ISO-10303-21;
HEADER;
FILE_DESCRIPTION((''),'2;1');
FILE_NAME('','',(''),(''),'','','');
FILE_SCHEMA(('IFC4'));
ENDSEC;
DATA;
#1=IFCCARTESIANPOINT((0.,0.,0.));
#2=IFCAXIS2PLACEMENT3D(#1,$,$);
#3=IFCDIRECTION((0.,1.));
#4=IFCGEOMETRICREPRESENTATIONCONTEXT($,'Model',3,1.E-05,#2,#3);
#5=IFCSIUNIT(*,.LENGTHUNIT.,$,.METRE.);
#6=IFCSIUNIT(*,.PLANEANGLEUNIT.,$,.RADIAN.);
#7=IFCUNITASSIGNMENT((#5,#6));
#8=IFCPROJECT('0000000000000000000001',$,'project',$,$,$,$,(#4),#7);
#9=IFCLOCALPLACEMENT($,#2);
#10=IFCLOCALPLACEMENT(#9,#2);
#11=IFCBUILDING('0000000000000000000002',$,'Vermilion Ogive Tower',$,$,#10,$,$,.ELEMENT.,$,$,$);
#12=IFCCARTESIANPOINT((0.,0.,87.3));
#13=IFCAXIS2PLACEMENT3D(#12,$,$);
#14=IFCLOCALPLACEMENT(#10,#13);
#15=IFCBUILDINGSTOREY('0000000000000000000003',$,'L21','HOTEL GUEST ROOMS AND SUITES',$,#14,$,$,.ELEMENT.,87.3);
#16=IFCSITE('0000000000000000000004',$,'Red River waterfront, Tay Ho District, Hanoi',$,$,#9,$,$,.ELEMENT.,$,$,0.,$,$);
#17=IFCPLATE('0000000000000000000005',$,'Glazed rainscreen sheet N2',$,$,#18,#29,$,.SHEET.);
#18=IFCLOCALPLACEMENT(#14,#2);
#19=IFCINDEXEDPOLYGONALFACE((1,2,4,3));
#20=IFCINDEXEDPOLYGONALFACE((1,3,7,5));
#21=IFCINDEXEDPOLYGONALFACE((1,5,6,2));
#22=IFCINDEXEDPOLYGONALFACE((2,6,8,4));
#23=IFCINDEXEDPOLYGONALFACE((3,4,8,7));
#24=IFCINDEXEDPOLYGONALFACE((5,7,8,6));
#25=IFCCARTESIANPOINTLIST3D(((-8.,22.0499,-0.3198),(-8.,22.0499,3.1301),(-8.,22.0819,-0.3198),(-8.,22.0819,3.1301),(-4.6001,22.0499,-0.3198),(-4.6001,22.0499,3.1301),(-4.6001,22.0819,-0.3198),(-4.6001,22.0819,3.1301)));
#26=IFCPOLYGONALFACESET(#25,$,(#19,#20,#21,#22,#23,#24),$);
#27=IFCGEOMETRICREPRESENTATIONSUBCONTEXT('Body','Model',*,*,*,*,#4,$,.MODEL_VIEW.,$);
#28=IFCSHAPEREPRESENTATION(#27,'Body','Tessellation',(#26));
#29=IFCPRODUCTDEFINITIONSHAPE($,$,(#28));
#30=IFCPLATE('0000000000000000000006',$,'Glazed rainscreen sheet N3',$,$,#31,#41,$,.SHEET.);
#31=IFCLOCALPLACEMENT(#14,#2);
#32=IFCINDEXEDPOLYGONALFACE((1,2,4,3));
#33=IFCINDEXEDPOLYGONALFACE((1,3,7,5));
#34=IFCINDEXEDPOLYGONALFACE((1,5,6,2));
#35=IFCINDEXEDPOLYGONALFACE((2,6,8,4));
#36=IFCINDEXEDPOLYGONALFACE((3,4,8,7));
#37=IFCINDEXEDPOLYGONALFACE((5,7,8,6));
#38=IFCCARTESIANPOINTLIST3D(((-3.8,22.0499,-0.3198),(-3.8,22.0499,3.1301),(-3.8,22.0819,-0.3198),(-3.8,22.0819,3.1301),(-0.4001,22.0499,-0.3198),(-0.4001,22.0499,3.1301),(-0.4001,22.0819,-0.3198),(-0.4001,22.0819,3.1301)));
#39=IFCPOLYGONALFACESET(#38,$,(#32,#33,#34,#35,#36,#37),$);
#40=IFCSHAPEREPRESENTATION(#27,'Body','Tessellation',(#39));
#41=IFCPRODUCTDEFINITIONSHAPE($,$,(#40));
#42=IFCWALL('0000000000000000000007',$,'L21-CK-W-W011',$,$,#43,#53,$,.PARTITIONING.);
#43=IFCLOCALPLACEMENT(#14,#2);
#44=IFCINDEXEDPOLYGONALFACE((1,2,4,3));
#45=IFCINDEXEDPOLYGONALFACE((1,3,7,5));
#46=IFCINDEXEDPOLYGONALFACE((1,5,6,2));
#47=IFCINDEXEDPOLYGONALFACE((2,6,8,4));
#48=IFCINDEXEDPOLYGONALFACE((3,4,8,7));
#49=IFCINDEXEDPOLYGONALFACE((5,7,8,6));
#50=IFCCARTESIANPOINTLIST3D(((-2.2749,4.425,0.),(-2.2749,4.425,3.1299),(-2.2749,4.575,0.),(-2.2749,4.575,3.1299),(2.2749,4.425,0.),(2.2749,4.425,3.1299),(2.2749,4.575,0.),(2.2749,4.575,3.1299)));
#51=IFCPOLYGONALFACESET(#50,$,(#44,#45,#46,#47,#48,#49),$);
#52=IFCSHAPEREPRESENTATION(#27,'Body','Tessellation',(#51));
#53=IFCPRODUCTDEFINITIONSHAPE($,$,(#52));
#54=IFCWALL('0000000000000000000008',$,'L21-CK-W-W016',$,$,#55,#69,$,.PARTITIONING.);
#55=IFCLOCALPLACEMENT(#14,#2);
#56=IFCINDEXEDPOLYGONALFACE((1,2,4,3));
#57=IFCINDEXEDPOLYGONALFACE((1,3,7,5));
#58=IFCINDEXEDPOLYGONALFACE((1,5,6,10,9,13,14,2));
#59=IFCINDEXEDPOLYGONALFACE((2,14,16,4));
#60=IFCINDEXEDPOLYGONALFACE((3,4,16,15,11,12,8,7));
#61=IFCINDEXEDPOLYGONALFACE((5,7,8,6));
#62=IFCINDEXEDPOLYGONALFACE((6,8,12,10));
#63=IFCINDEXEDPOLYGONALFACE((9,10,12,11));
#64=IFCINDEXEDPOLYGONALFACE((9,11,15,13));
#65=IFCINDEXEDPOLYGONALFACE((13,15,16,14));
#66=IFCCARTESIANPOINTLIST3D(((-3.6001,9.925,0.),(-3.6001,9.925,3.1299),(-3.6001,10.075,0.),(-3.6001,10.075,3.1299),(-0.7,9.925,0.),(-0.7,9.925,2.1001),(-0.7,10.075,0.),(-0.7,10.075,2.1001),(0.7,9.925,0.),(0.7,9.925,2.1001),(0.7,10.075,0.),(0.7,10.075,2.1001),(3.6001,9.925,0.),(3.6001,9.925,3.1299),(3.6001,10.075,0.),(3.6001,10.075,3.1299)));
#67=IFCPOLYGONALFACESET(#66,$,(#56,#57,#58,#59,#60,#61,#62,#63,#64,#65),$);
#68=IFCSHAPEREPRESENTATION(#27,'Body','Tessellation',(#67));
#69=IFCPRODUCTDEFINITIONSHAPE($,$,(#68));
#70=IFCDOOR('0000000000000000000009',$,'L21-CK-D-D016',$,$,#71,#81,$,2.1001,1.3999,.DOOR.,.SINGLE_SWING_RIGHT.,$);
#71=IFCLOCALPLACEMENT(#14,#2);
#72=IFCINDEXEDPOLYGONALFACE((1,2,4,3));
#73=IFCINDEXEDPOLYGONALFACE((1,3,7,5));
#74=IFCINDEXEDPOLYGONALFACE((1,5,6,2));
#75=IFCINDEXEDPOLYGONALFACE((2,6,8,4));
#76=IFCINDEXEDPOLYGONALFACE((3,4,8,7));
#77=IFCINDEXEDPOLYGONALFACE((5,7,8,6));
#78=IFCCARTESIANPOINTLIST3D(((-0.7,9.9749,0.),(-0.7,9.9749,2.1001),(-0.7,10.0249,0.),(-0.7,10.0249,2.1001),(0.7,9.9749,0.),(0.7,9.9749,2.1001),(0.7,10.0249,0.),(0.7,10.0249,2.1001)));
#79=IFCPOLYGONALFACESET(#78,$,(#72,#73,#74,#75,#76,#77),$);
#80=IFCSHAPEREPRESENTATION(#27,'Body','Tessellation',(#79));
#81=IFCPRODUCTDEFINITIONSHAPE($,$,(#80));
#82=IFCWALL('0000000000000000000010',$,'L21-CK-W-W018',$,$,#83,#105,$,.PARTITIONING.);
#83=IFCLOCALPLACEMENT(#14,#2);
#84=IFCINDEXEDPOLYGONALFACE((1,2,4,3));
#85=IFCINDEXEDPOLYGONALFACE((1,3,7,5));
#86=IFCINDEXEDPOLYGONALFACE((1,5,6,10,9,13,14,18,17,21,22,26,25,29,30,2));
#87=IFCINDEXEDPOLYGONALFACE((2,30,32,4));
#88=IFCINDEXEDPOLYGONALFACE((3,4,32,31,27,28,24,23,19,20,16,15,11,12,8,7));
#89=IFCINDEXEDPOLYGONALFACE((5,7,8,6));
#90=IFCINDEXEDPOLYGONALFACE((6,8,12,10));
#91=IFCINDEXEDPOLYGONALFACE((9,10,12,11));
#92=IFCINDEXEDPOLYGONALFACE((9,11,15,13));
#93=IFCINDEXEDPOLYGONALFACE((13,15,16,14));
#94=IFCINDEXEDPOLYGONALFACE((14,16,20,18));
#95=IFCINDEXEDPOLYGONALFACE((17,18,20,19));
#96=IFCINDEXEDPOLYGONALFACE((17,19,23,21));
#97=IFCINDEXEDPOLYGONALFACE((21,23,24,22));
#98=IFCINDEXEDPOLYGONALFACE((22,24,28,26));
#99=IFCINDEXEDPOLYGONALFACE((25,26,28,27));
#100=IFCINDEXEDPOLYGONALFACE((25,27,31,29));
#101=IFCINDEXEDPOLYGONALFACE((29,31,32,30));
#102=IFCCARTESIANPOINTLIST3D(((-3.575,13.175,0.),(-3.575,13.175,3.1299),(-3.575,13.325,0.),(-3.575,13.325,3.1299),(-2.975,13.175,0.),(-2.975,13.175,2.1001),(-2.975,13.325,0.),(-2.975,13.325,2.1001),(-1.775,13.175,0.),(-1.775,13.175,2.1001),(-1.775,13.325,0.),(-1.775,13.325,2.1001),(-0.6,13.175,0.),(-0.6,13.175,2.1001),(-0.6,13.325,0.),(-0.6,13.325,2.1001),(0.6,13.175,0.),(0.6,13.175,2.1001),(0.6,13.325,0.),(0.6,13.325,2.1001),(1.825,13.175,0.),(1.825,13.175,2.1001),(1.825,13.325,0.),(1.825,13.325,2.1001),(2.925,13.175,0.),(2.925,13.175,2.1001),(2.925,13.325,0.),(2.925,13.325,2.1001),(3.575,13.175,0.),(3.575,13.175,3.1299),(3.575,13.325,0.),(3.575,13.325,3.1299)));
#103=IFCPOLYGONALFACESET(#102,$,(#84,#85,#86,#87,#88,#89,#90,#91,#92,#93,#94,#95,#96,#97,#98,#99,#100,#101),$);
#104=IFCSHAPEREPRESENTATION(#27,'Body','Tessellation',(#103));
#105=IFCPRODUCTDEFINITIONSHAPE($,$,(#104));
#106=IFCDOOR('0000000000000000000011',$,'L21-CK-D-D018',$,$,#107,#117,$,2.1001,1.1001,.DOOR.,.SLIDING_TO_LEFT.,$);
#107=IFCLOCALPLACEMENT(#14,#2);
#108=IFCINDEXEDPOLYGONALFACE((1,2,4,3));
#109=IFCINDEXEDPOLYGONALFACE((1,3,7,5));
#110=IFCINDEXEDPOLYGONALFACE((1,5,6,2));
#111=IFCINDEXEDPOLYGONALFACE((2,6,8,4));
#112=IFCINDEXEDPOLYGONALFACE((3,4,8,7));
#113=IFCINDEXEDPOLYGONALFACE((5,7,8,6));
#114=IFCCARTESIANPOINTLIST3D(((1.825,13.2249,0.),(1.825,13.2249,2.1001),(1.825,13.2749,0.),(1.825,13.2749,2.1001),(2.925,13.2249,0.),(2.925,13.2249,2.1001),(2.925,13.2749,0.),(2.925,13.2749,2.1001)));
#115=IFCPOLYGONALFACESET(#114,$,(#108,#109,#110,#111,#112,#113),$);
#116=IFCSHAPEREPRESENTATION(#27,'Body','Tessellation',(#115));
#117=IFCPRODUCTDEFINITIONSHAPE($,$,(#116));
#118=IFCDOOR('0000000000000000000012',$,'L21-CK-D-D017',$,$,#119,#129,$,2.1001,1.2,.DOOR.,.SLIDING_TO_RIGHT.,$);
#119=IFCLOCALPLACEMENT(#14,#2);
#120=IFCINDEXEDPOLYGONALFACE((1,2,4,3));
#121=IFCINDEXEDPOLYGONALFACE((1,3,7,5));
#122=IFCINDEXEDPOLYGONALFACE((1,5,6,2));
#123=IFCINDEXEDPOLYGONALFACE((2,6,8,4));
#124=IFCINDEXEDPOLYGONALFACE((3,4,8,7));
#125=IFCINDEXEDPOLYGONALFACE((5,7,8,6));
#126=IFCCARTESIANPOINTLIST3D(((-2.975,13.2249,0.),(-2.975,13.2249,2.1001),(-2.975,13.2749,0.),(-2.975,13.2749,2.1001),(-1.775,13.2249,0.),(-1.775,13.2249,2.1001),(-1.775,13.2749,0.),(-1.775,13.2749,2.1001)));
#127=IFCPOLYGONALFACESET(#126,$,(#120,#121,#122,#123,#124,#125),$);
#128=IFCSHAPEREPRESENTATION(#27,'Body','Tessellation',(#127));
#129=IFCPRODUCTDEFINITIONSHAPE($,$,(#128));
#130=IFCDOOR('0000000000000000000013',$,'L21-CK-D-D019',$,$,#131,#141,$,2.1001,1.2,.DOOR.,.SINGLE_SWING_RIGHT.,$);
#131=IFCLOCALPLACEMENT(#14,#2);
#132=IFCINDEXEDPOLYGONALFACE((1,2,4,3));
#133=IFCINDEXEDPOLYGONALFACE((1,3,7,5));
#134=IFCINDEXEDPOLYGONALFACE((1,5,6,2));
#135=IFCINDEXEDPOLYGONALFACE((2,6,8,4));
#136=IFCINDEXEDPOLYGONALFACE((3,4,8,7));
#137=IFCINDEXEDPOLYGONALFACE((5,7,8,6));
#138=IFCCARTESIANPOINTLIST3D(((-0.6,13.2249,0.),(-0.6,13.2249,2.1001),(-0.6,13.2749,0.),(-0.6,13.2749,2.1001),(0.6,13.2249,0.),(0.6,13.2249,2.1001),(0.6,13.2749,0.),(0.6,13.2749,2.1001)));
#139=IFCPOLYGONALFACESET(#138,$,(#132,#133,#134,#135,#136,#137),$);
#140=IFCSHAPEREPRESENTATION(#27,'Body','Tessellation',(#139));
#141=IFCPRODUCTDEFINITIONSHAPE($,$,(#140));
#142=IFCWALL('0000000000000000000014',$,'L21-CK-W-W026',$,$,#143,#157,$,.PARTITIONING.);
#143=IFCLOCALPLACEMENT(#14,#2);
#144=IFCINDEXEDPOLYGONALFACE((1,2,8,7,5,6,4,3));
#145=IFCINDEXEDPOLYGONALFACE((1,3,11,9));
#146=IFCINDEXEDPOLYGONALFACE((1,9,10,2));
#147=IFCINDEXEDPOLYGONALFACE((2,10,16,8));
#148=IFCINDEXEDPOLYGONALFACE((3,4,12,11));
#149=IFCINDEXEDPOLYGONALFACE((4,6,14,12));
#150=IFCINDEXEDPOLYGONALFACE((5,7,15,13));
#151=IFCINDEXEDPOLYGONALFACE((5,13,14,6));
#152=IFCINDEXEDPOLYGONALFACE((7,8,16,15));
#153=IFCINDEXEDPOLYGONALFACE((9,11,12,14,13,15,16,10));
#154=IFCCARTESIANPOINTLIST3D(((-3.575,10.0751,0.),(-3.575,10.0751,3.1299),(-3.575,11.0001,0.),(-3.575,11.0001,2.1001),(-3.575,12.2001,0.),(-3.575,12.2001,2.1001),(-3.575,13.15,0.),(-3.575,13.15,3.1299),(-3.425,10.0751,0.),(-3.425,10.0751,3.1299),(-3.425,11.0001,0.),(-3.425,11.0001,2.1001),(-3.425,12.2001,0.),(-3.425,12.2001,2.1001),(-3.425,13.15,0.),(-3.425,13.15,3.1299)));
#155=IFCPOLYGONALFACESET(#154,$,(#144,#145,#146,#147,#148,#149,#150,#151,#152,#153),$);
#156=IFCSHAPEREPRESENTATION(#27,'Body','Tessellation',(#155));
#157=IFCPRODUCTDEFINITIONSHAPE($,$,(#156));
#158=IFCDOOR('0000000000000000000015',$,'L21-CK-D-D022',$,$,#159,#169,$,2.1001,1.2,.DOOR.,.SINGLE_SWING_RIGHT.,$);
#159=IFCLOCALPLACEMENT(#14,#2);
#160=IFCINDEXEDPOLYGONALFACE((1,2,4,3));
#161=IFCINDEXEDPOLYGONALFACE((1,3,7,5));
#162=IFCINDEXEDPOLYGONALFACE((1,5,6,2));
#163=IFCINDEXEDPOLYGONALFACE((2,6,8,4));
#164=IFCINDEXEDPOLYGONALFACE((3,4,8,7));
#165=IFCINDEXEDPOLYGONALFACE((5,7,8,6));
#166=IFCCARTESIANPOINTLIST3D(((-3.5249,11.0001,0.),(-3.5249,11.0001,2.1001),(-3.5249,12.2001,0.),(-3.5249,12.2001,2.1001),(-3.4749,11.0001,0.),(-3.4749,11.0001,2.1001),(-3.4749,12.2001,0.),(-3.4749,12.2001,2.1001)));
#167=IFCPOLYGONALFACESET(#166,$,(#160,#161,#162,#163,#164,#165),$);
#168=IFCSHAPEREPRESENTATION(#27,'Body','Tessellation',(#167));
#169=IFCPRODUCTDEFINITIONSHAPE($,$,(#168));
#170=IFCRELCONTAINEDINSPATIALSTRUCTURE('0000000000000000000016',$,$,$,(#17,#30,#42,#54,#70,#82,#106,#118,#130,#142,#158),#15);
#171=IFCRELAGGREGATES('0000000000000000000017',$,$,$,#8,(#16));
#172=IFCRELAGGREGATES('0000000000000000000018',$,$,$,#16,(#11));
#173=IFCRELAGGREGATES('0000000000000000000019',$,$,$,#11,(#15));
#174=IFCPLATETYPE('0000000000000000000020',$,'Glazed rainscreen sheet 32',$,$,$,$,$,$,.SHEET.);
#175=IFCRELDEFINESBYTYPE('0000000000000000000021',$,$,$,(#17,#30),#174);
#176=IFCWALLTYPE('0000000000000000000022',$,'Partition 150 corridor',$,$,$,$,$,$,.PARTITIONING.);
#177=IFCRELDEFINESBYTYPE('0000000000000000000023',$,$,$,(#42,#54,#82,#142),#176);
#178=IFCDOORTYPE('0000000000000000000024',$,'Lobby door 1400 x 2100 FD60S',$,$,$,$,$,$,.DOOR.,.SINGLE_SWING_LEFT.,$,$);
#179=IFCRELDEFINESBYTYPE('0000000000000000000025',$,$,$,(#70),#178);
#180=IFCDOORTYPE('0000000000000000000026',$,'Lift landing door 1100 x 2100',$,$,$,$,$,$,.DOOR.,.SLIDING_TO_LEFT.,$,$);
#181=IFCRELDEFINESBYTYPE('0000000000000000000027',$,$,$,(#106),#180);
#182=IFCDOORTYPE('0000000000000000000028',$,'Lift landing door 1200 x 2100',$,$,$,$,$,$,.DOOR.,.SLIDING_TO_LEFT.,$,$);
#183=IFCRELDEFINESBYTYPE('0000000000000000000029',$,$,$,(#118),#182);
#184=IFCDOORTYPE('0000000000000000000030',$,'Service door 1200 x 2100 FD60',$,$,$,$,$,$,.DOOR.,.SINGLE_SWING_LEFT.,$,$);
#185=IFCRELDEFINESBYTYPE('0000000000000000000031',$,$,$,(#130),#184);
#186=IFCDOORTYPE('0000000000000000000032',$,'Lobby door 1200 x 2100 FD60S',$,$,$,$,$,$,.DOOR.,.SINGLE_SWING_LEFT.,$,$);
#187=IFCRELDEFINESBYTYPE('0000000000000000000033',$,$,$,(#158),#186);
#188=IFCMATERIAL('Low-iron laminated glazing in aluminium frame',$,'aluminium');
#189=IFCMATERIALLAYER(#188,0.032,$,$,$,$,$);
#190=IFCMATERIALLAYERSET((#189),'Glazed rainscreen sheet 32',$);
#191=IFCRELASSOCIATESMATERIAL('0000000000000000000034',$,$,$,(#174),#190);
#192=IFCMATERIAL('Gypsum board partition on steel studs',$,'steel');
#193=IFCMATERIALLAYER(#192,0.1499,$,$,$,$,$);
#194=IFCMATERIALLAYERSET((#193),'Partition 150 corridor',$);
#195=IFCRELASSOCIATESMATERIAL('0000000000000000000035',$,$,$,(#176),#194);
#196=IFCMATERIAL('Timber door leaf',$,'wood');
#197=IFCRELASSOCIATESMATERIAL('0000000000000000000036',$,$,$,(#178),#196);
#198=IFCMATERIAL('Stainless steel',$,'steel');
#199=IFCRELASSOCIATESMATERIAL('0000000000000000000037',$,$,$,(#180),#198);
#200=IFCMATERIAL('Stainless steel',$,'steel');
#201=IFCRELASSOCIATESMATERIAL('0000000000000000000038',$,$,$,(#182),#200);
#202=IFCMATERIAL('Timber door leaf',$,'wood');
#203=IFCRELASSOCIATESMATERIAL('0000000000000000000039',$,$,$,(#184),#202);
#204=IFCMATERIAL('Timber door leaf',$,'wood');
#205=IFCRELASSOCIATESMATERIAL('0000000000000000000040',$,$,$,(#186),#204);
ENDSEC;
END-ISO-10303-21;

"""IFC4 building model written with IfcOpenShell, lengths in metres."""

from ifc_helpers import new_model, si_unit, direction, frame, frame_2d, origin, origin_2d, place, context, subcontext, project, spatial, rectangle, extrude, material, layer, layer_set, type_object, element, fill, save


model = new_model("IFC4")

# Units and contexts
model_context = context("Model", 3, precision=1e-05, world=origin(), true_north=direction((0.0, 1.0)))
body_context = subcontext(model_context, "Body", "Model", "MODEL_VIEW")
ifc_project = project(units=[si_unit("LENGTHUNIT", "METRE"), si_unit("PLANEANGLEUNIT", "RADIAN")], contexts=[model_context])

# Site, building, storey
site_placement = place(None, origin())
site = spatial("IfcSite", under=ifc_project, at=site_placement, Name="Red River waterfront, Tay Ho District, Hanoi", CompositionType="ELEMENT", RefElevation=0.0)
building_placement = place(site_placement, origin())
building = spatial("IfcBuilding", under=site, at=building_placement, Name="Vermilion Ogive Tower", CompositionType="ELEMENT")
storey_placement = place(building_placement, frame((0.0, 0.0, 87.3)))
storey = spatial("IfcBuildingStorey", under=building, at=storey_placement, Name="L21", Description="HOTEL GUEST ROOMS AND SUITES", CompositionType="ELEMENT", Elevation=87.3)

# Plates
ifc_material_1 = material(Name="Low-iron laminated glazing in aluminium frame", Category="aluminium")
ifc_layer_1 = layer(ifc_material_1, 0.032)
ifc_layer_set_1 = layer_set([ifc_layer_1], Name="Glazed rainscreen sheet 32")
plate_type = type_object("IfcPlateType", Name="Glazed rainscreen sheet 32", PredefinedType="SHEET", material=ifc_layer_set_1)
for number, where, z_axis, x_axis, name in (
    (1, (-6.3, 22.0659, -0.3198), (0.0, 0.0, 1.0), (1.0, 0.0, 0.0), "Glazed rainscreen sheet N2"),
    (2, (-2.1001, 22.0659, -0.3198), (0.0, 0.0, 1.0), (1.0, 0.0, 0.0), "Glazed rainscreen sheet N3"),
):
    element("IfcPlate", number, at=place(storey_placement, frame(where, z_axis=z_axis, x_axis=x_axis)), inside=storey, type_object=plate_type, Name=name, PredefinedType="SHEET", context=body_context, shape_type="SweptSolid", body=[
        extrude(rectangle(XDim=3.3999, YDim=0.032, at=origin_2d()), origin(), (0.0, 0.0, 1.0), 3.45),
    ])

# Wall
ifc_material_2 = material(Name="Gypsum board partition on steel studs", Category="steel")
ifc_layer_2 = layer(ifc_material_2, 0.1499)
ifc_layer_set_2 = layer_set([ifc_layer_2], Name="Partition 150 corridor")
wall_type_1 = type_object("IfcWallType", Name="Partition 150 corridor", PredefinedType="PARTITIONING", material=ifc_layer_set_2)
wall_1_placement = place(storey_placement, frame((-2.2749, 4.5, 0.0), z_axis=(0.0, 0.0, 1.0), x_axis=(1.0, 0.0, 0.0)))
element("IfcWall", 3, at=wall_1_placement, inside=storey, type_object=wall_type_1, Name="L21-CK-W-W011", PredefinedType="PARTITIONING", context=body_context, shape_type="SweptSolid", body=[
    extrude(rectangle(XDim=4.5498, YDim=0.1499, at=frame_2d((2.2749, 0.0))), origin(), (0.0, 0.0, 1.0), 3.1299),
])

# Wall, opening, door
wall_2_placement = place(storey_placement, frame((-3.6001, 10.0, 0.0), z_axis=(0.0, 0.0, 1.0), x_axis=(1.0, 0.0, 0.0)))
wall_2 = element("IfcWall", 4, at=wall_2_placement, inside=storey, type_object=wall_type_1, Name="L21-CK-W-W016", PredefinedType="PARTITIONING", context=body_context, shape_type="SweptSolid", body=[
    extrude(rectangle(XDim=7.2002, YDim=0.1499, at=frame_2d((3.6001, 0.0))), origin(), (0.0, 0.0, 1.0), 3.1299),
])
opening_1_placement = place(wall_2_placement, frame((2.9001, 0.0, 0.0)))
opening_1 = element("IfcOpeningElement", 5, at=opening_1_placement, cuts=wall_2, PredefinedType="OPENING", context=body_context, shape_type="SweptSolid", body=[
    extrude(rectangle(XDim=1.3999, YDim=2.1001, at=frame_2d((0.7, 1.05))), frame((0.0, 0.085, 0.0), z_axis=(0.0, -1.0, 0.0), x_axis=(1.0, 0.0, 0.0)), (0.0, 0.0, 1.0), 0.1699),
])
ifc_material_3 = material(Name="Timber door leaf", Category="wood")
door_type_1 = type_object("IfcDoorType", Name="Lobby door 1400 x 2100 FD60S", OperationType="SINGLE_SWING_LEFT", PredefinedType="DOOR", material=ifc_material_3)
door_1_placement = place(opening_1_placement, origin())
door_1 = element("IfcDoor", 6, at=door_1_placement, inside=storey, type_object=door_type_1, Name="L21-CK-D-D016", OperationType="SINGLE_SWING_RIGHT", OverallHeight=2.1001, OverallWidth=1.3999, PredefinedType="DOOR", context=body_context, shape_type="SweptSolid", body=[
    extrude(rectangle(XDim=1.3999, YDim=2.1001, at=frame_2d((0.7, 1.05))), frame((0.0, 0.0249, 0.0), z_axis=(0.0, -1.0, 0.0), x_axis=(1.0, 0.0, 0.0)), (0.0, 0.0, 1.0), 0.05),
])
fill(opening_1, door_1)

# Wall, openings, doors
wall_3_placement = place(storey_placement, frame((-3.575, 13.25, 0.0), z_axis=(0.0, 0.0, 1.0), x_axis=(1.0, 0.0, 0.0)))
wall_3 = element("IfcWall", 7, at=wall_3_placement, inside=storey, type_object=wall_type_1, Name="L21-CK-W-W018", PredefinedType="PARTITIONING", context=body_context, shape_type="SweptSolid", body=[
    extrude(rectangle(XDim=7.1499, YDim=0.1499, at=frame_2d((3.575, 0.0))), origin(), (0.0, 0.0, 1.0), 3.1299),
])
opening_2_placement = place(wall_3_placement, frame((0.5999, 0.0, 0.0)))
opening_2 = element("IfcOpeningElement", 8, at=opening_2_placement, cuts=wall_3, PredefinedType="OPENING", context=body_context, shape_type="SweptSolid", body=[
    extrude(rectangle(XDim=1.2, YDim=2.1001, at=frame_2d((0.6001, 1.05))), frame((0.0, 0.085, 0.0), z_axis=(0.0, -1.0, 0.0), x_axis=(1.0, 0.0, 0.0)), (0.0, 0.0, 1.0), 0.1699),
])
opening_3_placement = place(wall_3_placement, frame((5.3999, 0.0, 0.0)))
opening_3 = element("IfcOpeningElement", 9, at=opening_3_placement, cuts=wall_3, PredefinedType="OPENING", context=body_context, shape_type="SweptSolid", body=[
    extrude(rectangle(XDim=1.1001, YDim=2.1001, at=frame_2d((0.55, 1.05))), frame((0.0, 0.085, 0.0), z_axis=(0.0, -1.0, 0.0), x_axis=(1.0, 0.0, 0.0)), (0.0, 0.0, 1.0), 0.1699),
])
opening_4_placement = place(wall_3_placement, frame((2.9749, 0.0, 0.0)))
opening_4 = element("IfcOpeningElement", 10, at=opening_4_placement, cuts=wall_3, PredefinedType="OPENING", context=body_context, shape_type="SweptSolid", body=[
    extrude(rectangle(XDim=1.2, YDim=2.1001, at=frame_2d((0.6001, 1.05))), frame((0.0, 0.085, 0.0), z_axis=(0.0, -1.0, 0.0), x_axis=(1.0, 0.0, 0.0)), (0.0, 0.0, 1.0), 0.1699),
])
ifc_material_4 = material(Name="Stainless steel", Category="steel")
door_type_2 = type_object("IfcDoorType", Name="Lift landing door 1100 x 2100", OperationType="SLIDING_TO_LEFT", PredefinedType="DOOR", material=ifc_material_4)
door_2_placement = place(opening_3_placement, origin())
door_2 = element("IfcDoor", 11, at=door_2_placement, inside=storey, type_object=door_type_2, Name="L21-CK-D-D018", OperationType="SLIDING_TO_LEFT", OverallHeight=2.1001, OverallWidth=1.1001, PredefinedType="DOOR", context=body_context, shape_type="SweptSolid", body=[
    extrude(rectangle(XDim=1.1001, YDim=2.1001, at=frame_2d((0.55, 1.05))), frame((0.0, 0.0249, 0.0), z_axis=(0.0, -1.0, 0.0), x_axis=(1.0, 0.0, 0.0)), (0.0, 0.0, 1.0), 0.05),
])
fill(opening_3, door_2)
ifc_material_5 = material(Name="Stainless steel", Category="steel")
door_type_3 = type_object("IfcDoorType", Name="Lift landing door 1200 x 2100", OperationType="SLIDING_TO_LEFT", PredefinedType="DOOR", material=ifc_material_5)
door_3_placement = place(opening_2_placement, origin())
door_3 = element("IfcDoor", 12, at=door_3_placement, inside=storey, type_object=door_type_3, Name="L21-CK-D-D017", OperationType="SLIDING_TO_RIGHT", OverallHeight=2.1001, OverallWidth=1.2, PredefinedType="DOOR", context=body_context, shape_type="SweptSolid", body=[
    extrude(rectangle(XDim=1.2, YDim=2.1001, at=frame_2d((0.6001, 1.05))), frame((0.0, 0.0249, 0.0), z_axis=(0.0, -1.0, 0.0), x_axis=(1.0, 0.0, 0.0)), (0.0, 0.0, 1.0), 0.05),
])
fill(opening_2, door_3)
ifc_material_6 = material(Name="Timber door leaf", Category="wood")
door_type_4 = type_object("IfcDoorType", Name="Service door 1200 x 2100 FD60", OperationType="SINGLE_SWING_LEFT", PredefinedType="DOOR", material=ifc_material_6)
door_4_placement = place(opening_4_placement, origin())
door_4 = element("IfcDoor", 13, at=door_4_placement, inside=storey, type_object=door_type_4, Name="L21-CK-D-D019", OperationType="SINGLE_SWING_RIGHT", OverallHeight=2.1001, OverallWidth=1.2, PredefinedType="DOOR", context=body_context, shape_type="SweptSolid", body=[
    extrude(rectangle(XDim=1.2, YDim=2.1001, at=frame_2d((0.6001, 1.05))), frame((0.0, 0.0249, 0.0), z_axis=(0.0, -1.0, 0.0), x_axis=(1.0, 0.0, 0.0)), (0.0, 0.0, 1.0), 0.05),
])
fill(opening_4, door_4)

# Wall, opening, door
wall_4_placement = place(storey_placement, frame((-3.5, 10.075, 0.0), z_axis=(0.0, 0.0, 1.0), x_axis=(0.0, 1.0, 0.0)))
wall_4 = element("IfcWall", 14, at=wall_4_placement, inside=storey, type_object=wall_type_1, Name="L21-CK-W-W026", PredefinedType="PARTITIONING", context=body_context, shape_type="SweptSolid", body=[
    extrude(rectangle(XDim=3.075, YDim=0.1499, at=frame_2d((1.5376, 0.0))), origin(), (0.0, 0.0, 1.0), 3.1299),
])
opening_5_placement = place(wall_4_placement, frame((0.925, 0.0, 0.0)))
opening_5 = element("IfcOpeningElement", 15, at=opening_5_placement, cuts=wall_4, PredefinedType="OPENING", context=body_context, shape_type="SweptSolid", body=[
    extrude(rectangle(XDim=1.2, YDim=2.1001, at=frame_2d((0.6001, 1.05))), frame((0.0, 0.085, 0.0), z_axis=(0.0, -1.0, 0.0), x_axis=(1.0, 0.0, 0.0)), (0.0, 0.0, 1.0), 0.1699),
])
ifc_material_7 = material(Name="Timber door leaf", Category="wood")
door_type_5 = type_object("IfcDoorType", Name="Lobby door 1200 x 2100 FD60S", OperationType="SINGLE_SWING_LEFT", PredefinedType="DOOR", material=ifc_material_7)
door_5_placement = place(opening_5_placement, origin())
door_5 = element("IfcDoor", 16, at=door_5_placement, inside=storey, type_object=door_type_5, Name="L21-CK-D-D022", OperationType="SINGLE_SWING_RIGHT", OverallHeight=2.1001, OverallWidth=1.2, PredefinedType="DOOR", context=body_context, shape_type="SweptSolid", body=[
    extrude(rectangle(XDim=1.2, YDim=2.1001, at=frame_2d((0.6001, 1.05))), frame((0.0, 0.0249, 0.0), z_axis=(0.0, -1.0, 0.0), x_axis=(1.0, 0.0, 0.0)), (0.0, 0.0, 1.0), 0.05),
])
fill(opening_5, door_5)

save(model, "model.ifc")
